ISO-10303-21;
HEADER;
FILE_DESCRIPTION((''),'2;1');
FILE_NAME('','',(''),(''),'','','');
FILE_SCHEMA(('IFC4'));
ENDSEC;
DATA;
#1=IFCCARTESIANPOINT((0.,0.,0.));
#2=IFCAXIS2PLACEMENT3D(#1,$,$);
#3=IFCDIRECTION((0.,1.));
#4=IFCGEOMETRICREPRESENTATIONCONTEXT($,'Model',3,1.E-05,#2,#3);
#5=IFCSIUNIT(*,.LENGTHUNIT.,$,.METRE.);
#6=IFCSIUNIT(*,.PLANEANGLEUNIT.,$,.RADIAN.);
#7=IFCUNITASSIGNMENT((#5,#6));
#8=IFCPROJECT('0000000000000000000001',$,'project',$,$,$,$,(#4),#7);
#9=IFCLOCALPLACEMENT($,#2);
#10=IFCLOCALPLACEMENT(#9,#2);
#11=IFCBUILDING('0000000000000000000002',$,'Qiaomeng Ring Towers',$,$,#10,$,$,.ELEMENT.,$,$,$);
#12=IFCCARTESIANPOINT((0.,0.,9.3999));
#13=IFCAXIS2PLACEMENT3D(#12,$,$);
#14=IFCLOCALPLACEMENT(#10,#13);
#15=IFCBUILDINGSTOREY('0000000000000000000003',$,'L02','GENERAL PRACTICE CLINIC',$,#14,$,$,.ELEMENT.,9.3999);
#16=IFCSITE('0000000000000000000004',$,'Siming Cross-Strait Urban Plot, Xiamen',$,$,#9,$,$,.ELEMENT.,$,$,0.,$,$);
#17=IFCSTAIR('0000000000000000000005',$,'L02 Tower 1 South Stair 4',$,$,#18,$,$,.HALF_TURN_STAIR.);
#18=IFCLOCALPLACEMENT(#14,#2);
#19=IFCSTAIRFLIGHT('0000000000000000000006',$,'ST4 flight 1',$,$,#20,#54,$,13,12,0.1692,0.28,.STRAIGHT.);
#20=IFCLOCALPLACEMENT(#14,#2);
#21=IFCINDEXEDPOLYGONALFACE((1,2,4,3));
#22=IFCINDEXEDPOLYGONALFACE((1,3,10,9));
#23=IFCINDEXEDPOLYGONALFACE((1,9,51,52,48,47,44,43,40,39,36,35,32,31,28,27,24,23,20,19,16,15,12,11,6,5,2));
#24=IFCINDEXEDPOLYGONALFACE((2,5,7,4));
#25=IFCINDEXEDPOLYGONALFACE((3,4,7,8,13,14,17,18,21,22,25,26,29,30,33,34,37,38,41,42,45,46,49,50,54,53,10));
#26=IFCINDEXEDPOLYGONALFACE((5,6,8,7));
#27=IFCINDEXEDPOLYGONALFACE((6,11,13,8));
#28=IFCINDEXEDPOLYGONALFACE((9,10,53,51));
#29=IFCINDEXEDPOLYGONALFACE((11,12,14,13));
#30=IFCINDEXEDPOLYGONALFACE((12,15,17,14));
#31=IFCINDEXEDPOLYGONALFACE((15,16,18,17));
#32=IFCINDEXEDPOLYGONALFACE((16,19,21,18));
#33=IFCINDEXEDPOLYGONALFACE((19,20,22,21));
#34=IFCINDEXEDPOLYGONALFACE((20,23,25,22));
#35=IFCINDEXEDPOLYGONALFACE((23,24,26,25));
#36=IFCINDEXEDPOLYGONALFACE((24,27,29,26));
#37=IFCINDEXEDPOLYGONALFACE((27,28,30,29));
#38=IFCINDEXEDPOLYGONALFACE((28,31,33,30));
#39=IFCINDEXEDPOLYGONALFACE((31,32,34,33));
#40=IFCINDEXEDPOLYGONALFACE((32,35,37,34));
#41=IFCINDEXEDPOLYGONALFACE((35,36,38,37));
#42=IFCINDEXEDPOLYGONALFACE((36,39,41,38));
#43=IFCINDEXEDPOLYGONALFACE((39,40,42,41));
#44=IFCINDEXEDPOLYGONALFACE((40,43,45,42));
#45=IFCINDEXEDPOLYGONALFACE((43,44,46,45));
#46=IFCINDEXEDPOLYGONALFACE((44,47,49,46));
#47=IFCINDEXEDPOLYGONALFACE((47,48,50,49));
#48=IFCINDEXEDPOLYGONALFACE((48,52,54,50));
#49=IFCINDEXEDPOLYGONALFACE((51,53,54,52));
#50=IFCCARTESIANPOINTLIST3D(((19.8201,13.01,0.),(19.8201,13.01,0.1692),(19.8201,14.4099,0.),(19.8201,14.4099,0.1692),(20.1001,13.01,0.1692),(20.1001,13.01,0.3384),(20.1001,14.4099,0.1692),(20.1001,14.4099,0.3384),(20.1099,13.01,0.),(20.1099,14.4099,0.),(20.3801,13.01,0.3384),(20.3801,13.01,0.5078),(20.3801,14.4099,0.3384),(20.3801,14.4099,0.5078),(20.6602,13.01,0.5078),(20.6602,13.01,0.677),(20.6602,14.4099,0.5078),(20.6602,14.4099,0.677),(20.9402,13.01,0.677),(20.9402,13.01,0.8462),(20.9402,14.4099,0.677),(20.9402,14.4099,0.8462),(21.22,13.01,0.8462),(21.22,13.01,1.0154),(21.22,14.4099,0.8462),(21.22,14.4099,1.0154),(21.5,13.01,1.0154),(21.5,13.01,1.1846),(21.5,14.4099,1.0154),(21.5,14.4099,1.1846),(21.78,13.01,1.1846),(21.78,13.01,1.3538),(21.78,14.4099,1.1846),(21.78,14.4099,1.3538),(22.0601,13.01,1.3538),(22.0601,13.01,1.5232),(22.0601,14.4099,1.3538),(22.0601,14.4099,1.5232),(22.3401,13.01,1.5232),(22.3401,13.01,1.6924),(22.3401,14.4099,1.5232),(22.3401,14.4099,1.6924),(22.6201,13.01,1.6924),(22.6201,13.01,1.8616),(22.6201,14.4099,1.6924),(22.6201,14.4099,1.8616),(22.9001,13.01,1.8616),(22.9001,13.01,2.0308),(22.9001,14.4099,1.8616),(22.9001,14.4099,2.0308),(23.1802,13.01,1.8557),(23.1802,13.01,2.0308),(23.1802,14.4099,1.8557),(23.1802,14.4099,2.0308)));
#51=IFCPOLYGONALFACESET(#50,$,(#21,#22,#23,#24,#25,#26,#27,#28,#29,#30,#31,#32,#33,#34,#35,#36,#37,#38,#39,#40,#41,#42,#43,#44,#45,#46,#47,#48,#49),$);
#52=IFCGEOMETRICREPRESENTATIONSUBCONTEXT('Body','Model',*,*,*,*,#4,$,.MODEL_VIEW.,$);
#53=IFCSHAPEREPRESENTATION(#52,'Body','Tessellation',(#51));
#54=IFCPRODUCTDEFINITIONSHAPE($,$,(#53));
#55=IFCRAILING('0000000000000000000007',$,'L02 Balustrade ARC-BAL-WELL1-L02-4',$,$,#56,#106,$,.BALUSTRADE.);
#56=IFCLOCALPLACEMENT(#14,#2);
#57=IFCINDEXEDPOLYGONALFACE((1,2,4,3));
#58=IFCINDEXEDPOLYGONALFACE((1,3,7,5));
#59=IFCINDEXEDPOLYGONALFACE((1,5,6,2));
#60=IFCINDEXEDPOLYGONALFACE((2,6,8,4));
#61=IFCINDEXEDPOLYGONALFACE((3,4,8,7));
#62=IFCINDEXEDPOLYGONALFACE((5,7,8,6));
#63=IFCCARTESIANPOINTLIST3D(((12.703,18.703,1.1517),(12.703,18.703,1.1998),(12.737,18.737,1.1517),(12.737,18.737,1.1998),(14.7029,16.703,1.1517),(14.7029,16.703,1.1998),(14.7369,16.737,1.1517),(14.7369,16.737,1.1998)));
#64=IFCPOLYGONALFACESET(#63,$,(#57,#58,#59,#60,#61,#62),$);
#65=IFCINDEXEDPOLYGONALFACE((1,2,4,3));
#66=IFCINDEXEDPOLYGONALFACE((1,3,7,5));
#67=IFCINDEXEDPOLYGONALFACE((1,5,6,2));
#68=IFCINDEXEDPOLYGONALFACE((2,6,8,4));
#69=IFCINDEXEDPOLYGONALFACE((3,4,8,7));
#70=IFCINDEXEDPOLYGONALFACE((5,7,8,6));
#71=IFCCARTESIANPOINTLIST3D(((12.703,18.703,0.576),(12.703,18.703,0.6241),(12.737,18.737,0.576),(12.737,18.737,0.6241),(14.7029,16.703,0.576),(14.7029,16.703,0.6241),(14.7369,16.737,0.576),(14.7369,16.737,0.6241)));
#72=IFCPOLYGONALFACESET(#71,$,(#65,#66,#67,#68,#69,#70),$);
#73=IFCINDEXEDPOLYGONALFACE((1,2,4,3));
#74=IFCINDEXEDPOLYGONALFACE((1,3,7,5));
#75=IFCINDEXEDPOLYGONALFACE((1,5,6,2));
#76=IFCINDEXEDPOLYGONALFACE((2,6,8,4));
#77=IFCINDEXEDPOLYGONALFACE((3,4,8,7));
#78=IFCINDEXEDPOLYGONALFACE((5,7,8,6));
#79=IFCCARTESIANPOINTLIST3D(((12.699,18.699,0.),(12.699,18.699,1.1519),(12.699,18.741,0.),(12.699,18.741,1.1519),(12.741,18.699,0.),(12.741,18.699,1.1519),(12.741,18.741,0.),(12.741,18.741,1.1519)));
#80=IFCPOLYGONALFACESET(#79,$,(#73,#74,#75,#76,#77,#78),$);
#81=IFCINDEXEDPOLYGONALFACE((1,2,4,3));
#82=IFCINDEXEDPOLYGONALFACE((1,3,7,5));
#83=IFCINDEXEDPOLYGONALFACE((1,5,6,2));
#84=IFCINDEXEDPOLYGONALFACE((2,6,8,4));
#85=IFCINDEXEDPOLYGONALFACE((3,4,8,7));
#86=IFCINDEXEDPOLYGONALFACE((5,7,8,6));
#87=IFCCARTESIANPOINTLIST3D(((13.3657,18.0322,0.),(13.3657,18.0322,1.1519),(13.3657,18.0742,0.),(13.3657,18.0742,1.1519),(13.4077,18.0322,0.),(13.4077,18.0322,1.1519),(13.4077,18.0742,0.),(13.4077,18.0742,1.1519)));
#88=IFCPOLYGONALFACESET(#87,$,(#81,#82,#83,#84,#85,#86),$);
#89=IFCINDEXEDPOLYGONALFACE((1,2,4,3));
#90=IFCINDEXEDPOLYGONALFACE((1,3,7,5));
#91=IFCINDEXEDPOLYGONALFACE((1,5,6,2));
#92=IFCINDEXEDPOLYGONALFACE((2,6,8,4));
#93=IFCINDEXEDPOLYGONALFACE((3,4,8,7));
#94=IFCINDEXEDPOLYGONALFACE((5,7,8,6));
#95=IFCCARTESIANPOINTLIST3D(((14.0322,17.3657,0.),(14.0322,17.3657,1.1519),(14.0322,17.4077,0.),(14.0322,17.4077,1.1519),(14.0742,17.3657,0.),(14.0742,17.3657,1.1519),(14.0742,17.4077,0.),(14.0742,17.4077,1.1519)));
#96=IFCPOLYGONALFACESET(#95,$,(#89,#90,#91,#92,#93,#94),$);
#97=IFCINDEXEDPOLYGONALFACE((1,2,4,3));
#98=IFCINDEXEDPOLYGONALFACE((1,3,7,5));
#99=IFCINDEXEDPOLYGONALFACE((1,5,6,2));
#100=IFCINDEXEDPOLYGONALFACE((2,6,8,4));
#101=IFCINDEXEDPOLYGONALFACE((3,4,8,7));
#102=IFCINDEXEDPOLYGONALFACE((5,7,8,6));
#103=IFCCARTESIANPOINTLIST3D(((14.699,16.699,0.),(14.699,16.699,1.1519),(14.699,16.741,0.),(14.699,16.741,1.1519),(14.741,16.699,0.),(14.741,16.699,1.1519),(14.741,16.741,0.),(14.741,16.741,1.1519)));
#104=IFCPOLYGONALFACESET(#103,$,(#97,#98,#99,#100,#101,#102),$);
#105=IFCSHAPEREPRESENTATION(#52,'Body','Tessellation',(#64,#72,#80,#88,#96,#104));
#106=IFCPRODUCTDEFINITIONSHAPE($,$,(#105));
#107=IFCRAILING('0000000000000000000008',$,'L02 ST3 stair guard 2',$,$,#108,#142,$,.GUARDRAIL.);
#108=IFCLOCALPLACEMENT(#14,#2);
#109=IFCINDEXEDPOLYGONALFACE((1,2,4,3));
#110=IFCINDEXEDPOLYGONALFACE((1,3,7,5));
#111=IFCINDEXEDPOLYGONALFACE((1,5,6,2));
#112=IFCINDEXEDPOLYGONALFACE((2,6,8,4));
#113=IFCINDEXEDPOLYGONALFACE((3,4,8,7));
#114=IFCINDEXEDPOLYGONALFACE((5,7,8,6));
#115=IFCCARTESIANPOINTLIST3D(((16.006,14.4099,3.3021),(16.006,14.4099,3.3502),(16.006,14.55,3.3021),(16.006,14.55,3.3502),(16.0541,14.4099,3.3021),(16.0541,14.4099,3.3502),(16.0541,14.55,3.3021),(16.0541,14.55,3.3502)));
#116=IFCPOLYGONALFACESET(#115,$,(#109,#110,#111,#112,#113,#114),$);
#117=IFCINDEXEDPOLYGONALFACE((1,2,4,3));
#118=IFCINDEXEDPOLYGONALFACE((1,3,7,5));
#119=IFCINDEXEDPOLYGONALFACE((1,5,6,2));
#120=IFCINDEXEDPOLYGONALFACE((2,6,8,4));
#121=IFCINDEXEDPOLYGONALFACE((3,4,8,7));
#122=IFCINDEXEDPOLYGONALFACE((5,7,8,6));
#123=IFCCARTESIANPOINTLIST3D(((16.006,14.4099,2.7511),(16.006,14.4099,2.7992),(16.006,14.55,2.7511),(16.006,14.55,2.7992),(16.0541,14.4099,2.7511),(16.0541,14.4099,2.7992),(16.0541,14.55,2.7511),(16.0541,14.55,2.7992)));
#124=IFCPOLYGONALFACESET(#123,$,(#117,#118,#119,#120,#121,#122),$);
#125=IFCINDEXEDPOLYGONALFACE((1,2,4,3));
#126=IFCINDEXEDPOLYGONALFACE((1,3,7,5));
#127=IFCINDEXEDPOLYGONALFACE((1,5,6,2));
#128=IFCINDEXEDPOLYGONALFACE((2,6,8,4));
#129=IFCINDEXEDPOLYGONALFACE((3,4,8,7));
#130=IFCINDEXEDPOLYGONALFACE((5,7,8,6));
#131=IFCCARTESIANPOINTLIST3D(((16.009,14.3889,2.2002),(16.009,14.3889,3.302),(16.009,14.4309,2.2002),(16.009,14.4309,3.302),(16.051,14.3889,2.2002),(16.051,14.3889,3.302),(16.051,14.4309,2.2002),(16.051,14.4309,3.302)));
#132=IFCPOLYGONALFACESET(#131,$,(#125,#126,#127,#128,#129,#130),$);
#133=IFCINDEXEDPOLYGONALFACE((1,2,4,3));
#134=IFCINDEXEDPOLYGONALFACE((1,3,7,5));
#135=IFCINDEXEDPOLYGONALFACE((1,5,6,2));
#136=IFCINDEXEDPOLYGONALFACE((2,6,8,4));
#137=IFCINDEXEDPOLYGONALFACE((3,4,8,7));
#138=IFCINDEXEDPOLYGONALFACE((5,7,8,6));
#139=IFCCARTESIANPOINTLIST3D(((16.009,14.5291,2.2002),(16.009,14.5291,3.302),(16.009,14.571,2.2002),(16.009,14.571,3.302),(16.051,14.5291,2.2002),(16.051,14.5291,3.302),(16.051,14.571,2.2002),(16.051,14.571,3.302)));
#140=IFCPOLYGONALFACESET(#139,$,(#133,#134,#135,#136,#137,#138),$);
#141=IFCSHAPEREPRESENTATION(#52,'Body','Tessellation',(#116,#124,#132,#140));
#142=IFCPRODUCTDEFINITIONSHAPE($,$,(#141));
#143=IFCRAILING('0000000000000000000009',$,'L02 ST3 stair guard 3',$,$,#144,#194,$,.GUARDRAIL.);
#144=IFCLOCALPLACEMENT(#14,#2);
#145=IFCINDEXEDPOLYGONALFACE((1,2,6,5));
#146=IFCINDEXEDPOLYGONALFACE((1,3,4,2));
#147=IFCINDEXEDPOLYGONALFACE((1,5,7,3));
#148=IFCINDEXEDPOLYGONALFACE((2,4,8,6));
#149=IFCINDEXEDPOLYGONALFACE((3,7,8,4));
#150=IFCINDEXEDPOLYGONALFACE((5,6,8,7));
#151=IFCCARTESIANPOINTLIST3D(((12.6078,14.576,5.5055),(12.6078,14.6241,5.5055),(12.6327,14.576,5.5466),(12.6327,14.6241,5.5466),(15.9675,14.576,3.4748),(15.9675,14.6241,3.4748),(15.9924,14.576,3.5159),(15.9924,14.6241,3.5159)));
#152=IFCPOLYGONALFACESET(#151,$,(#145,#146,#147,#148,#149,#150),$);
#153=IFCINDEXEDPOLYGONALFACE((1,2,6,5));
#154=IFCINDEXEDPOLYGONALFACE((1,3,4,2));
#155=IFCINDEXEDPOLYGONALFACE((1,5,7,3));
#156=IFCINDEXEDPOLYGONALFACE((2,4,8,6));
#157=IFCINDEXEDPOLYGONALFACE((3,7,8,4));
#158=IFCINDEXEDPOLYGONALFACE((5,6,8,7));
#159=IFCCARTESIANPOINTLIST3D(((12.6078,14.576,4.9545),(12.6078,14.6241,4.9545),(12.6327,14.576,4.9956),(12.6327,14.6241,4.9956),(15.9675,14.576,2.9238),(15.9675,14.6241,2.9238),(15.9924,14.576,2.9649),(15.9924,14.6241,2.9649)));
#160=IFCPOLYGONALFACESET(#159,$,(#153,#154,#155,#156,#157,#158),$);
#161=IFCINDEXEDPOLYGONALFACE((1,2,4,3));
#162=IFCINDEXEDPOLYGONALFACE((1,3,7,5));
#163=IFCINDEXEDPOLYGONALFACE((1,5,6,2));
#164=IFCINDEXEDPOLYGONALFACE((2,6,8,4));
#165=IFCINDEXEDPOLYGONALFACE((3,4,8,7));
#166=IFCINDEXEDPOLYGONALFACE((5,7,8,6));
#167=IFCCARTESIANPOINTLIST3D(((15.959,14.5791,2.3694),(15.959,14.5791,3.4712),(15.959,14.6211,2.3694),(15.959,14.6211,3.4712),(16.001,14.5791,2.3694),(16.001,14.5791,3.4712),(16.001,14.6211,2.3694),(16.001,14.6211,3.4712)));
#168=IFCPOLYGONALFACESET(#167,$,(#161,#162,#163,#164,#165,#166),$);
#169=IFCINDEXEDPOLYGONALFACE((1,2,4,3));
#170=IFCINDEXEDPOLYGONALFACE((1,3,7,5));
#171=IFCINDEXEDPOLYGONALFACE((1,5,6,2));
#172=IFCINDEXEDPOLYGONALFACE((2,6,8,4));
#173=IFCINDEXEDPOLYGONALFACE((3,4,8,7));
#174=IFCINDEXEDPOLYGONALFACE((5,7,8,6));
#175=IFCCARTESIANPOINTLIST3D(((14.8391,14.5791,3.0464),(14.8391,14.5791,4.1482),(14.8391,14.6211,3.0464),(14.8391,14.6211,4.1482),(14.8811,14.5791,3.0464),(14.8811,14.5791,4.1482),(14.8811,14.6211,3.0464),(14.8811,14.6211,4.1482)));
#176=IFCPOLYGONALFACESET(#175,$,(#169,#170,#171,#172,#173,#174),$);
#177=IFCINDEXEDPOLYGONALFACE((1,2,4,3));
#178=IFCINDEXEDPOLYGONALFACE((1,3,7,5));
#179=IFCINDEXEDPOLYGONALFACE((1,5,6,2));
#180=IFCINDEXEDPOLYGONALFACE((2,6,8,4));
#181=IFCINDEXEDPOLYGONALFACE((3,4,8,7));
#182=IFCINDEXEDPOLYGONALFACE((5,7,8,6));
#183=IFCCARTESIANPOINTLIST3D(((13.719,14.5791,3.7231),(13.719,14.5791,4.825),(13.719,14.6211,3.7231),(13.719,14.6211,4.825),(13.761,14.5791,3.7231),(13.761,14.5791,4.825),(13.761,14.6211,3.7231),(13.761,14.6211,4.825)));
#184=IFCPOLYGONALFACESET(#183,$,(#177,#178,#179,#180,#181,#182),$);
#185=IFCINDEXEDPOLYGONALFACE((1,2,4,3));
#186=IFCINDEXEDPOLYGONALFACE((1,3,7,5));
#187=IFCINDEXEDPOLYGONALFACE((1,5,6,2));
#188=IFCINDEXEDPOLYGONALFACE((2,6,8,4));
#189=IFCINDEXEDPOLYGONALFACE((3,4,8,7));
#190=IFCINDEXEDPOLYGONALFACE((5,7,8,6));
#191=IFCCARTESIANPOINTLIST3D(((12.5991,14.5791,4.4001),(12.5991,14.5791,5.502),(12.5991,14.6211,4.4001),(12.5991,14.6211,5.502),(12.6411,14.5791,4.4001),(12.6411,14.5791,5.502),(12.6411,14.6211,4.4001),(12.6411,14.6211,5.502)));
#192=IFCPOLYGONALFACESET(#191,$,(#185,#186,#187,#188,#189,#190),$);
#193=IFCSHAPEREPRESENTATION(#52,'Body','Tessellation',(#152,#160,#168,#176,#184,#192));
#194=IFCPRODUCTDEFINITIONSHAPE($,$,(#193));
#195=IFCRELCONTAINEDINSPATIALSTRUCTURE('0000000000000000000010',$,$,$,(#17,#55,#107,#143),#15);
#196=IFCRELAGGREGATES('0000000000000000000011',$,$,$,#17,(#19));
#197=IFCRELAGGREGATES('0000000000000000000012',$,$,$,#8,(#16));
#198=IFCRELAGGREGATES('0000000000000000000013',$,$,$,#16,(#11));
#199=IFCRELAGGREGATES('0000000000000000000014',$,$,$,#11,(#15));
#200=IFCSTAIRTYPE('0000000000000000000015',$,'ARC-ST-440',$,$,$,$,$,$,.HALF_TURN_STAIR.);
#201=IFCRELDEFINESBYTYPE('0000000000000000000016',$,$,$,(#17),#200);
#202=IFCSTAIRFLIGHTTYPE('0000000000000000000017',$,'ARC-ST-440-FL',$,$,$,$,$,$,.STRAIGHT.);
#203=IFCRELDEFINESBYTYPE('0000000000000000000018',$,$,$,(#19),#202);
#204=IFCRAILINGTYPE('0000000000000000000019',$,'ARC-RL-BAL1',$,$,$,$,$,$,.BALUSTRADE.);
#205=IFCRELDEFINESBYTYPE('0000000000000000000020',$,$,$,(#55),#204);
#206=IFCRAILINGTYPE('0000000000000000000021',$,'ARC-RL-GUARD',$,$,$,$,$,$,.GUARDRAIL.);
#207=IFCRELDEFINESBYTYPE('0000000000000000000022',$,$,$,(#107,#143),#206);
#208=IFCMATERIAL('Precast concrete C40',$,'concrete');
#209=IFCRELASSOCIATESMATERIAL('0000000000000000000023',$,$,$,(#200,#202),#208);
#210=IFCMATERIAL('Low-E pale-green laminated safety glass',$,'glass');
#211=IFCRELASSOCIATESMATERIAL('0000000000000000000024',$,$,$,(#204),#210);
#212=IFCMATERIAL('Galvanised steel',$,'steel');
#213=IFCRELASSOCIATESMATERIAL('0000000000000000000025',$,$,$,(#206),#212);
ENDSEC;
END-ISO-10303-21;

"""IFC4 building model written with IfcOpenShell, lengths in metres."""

from ifc_helpers import new_model, si_unit, direction, frame, origin, origin_2d, place, context, subcontext, project, spatial, polyline, rectangle, outline, extrude, source, transform, mapped, material, type_object, element, aggregate, save


model = new_model("IFC4")

# Units and contexts
model_context = context("Model", 3, precision=1e-05, world=origin(), true_north=direction((0.0, 1.0)))
body_context = subcontext(model_context, "Body", "Model", "MODEL_VIEW")
ifc_project = project(units=[si_unit("LENGTHUNIT", "METRE"), si_unit("PLANEANGLEUNIT", "RADIAN")], contexts=[model_context])

# Site, building, storey
site_placement = place(None, origin())
site = spatial("IfcSite", under=ifc_project, at=site_placement, Name="Siming Cross-Strait Urban Plot, Xiamen", CompositionType="ELEMENT", RefElevation=0.0)
building_placement = place(site_placement, origin())
building = spatial("IfcBuilding", under=site, at=building_placement, Name="Qiaomeng Ring Towers", CompositionType="ELEMENT")
storey_placement = place(building_placement, frame((0.0, 0.0, 9.3999)))
storey = spatial("IfcBuildingStorey", under=building, at=storey_placement, Name="L02", Description="GENERAL PRACTICE CLINIC", CompositionType="ELEMENT", Elevation=9.3999)

# Shared definitions
ifc_material_1 = material(Name="Precast concrete C40", Category="concrete")
ifc_material_2 = material(Name="Low-E pale-green laminated safety glass", Category="glass")

# Shared definitions
ifc_material_3 = material(Name="Galvanised steel", Category="steel")

# Stair, stair flight
stair_type = type_object("IfcStairType", Name="ARC-ST-440", PredefinedType="HALF_TURN_STAIR", material=ifc_material_1)
stair_flight_type = type_object("IfcStairFlightType", Name="ARC-ST-440-FL", PredefinedType="STRAIGHT", material=ifc_material_1)
shared_shape_1 = source(origin(), body_context, "Body", "SweptSolid", [
    extrude(outline(polyline([(0.0, 0.0), (0.0, 0.1692), (0.28, 0.1692), (0.28, 0.3384), (0.5601, 0.3384), (0.5601, 0.5078), (0.8401, 0.5078), (0.8401, 0.677), (1.1201, 0.677), (1.1201, 0.8462), (1.3999, 0.8462), (1.3999, 1.0154), (1.6799, 1.0154), (1.6799, 1.1846), (1.96, 1.1846), (1.96, 1.3538), (2.24, 1.3538), (2.24, 1.5232), (2.52, 1.5232), (2.52, 1.6924), (2.8, 1.6924), (2.8, 1.8616), (3.0801, 1.8616), (3.0801, 2.0308), (3.3601, 2.0308), (3.3601, 2.2), (3.3601, 1.8557), (0.2898, 0.0), (0.0, 0.0)])), frame((0.0, 0.7, 0.0), z_axis=(0.0, -1.0, 0.0), x_axis=(1.0, 0.0, 0.0)), (0.0, 0.0, 1.0), 1.3999),
])
stair_1_placement = place(storey_placement, origin())
stair_1 = element("IfcStair", 1, at=stair_1_placement, inside=storey, type_object=stair_type, Name="L02 Tower 1 South Stair 4", PredefinedType="HALF_TURN_STAIR")
stair_flight_1_placement = place(storey_placement, frame((19.8201, 13.71, 0.0), z_axis=(0.0, 0.0, 1.0), x_axis=(1.0, 0.0, 0.0)))
stair_flight_1 = element("IfcStairFlight", 2, at=stair_flight_1_placement, type_object=stair_flight_type, Name="ST4 flight 1", NumberOfRisers=13, NumberOfTreads=12, PredefinedType="STRAIGHT", RiserHeight=0.1692, TreadLength=0.28, context=body_context, shape_type="MappedRepresentation", body=[
    mapped(shared_shape_1, transform((0.0, 0.0, 0.0), x_axis=(1.0, 0.0, 0.0), y_axis=(0.0, 1.0, 0.0), z_axis=(0.0, 0.0, 1.0), scale=1.0)),
])
aggregate(stair_1, [stair_flight_1])

# Railings
railing_type_1 = type_object("IfcRailingType", Name="ARC-RL-BAL1", PredefinedType="BALUSTRADE", material=ifc_material_2)
railing_1_placement = place(storey_placement, frame((12.72, 18.72, 0.0)))
element("IfcRailing", 3, at=railing_1_placement, inside=storey, type_object=railing_type_1, Name="L02 Balustrade ARC-BAL-WELL1-L02-4", PredefinedType="BALUSTRADE", context=body_context, shape_type="SweptSolid", body=[
    extrude(rectangle(XDim=0.0481, YDim=0.0481, at=origin_2d()), frame((0.0, 0.0, 1.1758), z_axis=(0.707107, -0.707107, 0.0), x_axis=(0.707107, 0.707107, 0.0)), (0.0, 0.0, 1.0), 2.8284),
    extrude(rectangle(XDim=0.0481, YDim=0.0481, at=origin_2d()), frame((0.0, 0.0, 0.6001), z_axis=(0.707107, -0.707107, 0.0), x_axis=(0.707107, 0.707107, 0.0)), (0.0, 0.0, 1.0), 2.8284),
    extrude(rectangle(XDim=0.042, YDim=0.042, at=origin_2d()), origin(), (0.0, 0.0, 1.0), 1.1519),
    extrude(rectangle(XDim=0.042, YDim=0.042, at=origin_2d()), frame((0.6667, -0.6667, 0.0)), (0.0, 0.0, 1.0), 1.1519),
    extrude(rectangle(XDim=0.042, YDim=0.042, at=origin_2d()), frame((1.3333, -1.3333, 0.0)), (0.0, 0.0, 1.0), 1.1519),
    extrude(rectangle(XDim=0.042, YDim=0.042, at=origin_2d()), frame((2.0, -2.0, 0.0)), (0.0, 0.0, 1.0), 1.1519),
])
railing_type_2 = type_object("IfcRailingType", Name="ARC-RL-GUARD", PredefinedType="GUARDRAIL", material=ifc_material_3)
railing_2_placement = place(storey_placement, frame((16.03, 14.4099, 2.2002)))
element("IfcRailing", 4, at=railing_2_placement, inside=storey, type_object=railing_type_2, Name="L02 ST3 stair guard 2", PredefinedType="GUARDRAIL", context=body_context, shape_type="SweptSolid", body=[
    extrude(rectangle(XDim=0.0481, YDim=0.0481, at=origin_2d()), frame((0.0, 0.0, 1.126), z_axis=(0.0, 1.0, 0.0), x_axis=(-1.0, 0.0, 0.0)), (0.0, 0.0, 1.0), 0.1401),
    extrude(rectangle(XDim=0.0481, YDim=0.0481, at=origin_2d()), frame((0.0, 0.0, 0.575), z_axis=(0.0, 1.0, 0.0), x_axis=(-1.0, 0.0, 0.0)), (0.0, 0.0, 1.0), 0.1401),
    extrude(rectangle(XDim=0.042, YDim=0.042, at=origin_2d()), origin(), (0.0, 0.0, 1.0), 1.1018),
    extrude(rectangle(XDim=0.042, YDim=0.042, at=origin_2d()), frame((0.0, 0.1401, 0.0)), (0.0, 0.0, 1.0), 1.1018),
])
railing_3_placement = place(storey_placement, frame((15.98, 14.6001, 2.3694)))
element("IfcRailing", 5, at=railing_3_placement, inside=storey, type_object=railing_type_2, Name="L02 ST3 stair guard 3", PredefinedType="GUARDRAIL", context=body_context, shape_type="SweptSolid", body=[
    extrude(rectangle(XDim=0.0481, YDim=0.0481, at=origin_2d()), frame((0.0, 0.0, 1.126), z_axis=(-0.85582, 0.0, 0.517273), x_axis=(0.0, -1.0, 0.0)), (0.0, 0.0, 1.0), 3.9258),
    extrude(rectangle(XDim=0.0481, YDim=0.0481, at=origin_2d()), frame((0.0, 0.0, 0.575), z_axis=(-0.85582, 0.0, 0.517273), x_axis=(0.0, -1.0, 0.0)), (0.0, 0.0, 1.0), 3.9258),
    extrude(rectangle(XDim=0.042, YDim=0.042, at=origin_2d()), origin(), (0.0, 0.0, 1.0), 1.1018),
    extrude(rectangle(XDim=0.042, YDim=0.042, at=origin_2d()), frame((-1.1199, 0.0, 0.677)), (0.0, 0.0, 1.0), 1.1018),
    extrude(rectangle(XDim=0.042, YDim=0.042, at=origin_2d()), frame((-2.24, 0.0, 1.3538)), (0.0, 0.0, 1.0), 1.1018),
    extrude(rectangle(XDim=0.042, YDim=0.042, at=origin_2d()), frame((-3.3599, 0.0, 2.0308)), (0.0, 0.0, 1.0), 1.1018),
])

save(model, "model.ifc")
